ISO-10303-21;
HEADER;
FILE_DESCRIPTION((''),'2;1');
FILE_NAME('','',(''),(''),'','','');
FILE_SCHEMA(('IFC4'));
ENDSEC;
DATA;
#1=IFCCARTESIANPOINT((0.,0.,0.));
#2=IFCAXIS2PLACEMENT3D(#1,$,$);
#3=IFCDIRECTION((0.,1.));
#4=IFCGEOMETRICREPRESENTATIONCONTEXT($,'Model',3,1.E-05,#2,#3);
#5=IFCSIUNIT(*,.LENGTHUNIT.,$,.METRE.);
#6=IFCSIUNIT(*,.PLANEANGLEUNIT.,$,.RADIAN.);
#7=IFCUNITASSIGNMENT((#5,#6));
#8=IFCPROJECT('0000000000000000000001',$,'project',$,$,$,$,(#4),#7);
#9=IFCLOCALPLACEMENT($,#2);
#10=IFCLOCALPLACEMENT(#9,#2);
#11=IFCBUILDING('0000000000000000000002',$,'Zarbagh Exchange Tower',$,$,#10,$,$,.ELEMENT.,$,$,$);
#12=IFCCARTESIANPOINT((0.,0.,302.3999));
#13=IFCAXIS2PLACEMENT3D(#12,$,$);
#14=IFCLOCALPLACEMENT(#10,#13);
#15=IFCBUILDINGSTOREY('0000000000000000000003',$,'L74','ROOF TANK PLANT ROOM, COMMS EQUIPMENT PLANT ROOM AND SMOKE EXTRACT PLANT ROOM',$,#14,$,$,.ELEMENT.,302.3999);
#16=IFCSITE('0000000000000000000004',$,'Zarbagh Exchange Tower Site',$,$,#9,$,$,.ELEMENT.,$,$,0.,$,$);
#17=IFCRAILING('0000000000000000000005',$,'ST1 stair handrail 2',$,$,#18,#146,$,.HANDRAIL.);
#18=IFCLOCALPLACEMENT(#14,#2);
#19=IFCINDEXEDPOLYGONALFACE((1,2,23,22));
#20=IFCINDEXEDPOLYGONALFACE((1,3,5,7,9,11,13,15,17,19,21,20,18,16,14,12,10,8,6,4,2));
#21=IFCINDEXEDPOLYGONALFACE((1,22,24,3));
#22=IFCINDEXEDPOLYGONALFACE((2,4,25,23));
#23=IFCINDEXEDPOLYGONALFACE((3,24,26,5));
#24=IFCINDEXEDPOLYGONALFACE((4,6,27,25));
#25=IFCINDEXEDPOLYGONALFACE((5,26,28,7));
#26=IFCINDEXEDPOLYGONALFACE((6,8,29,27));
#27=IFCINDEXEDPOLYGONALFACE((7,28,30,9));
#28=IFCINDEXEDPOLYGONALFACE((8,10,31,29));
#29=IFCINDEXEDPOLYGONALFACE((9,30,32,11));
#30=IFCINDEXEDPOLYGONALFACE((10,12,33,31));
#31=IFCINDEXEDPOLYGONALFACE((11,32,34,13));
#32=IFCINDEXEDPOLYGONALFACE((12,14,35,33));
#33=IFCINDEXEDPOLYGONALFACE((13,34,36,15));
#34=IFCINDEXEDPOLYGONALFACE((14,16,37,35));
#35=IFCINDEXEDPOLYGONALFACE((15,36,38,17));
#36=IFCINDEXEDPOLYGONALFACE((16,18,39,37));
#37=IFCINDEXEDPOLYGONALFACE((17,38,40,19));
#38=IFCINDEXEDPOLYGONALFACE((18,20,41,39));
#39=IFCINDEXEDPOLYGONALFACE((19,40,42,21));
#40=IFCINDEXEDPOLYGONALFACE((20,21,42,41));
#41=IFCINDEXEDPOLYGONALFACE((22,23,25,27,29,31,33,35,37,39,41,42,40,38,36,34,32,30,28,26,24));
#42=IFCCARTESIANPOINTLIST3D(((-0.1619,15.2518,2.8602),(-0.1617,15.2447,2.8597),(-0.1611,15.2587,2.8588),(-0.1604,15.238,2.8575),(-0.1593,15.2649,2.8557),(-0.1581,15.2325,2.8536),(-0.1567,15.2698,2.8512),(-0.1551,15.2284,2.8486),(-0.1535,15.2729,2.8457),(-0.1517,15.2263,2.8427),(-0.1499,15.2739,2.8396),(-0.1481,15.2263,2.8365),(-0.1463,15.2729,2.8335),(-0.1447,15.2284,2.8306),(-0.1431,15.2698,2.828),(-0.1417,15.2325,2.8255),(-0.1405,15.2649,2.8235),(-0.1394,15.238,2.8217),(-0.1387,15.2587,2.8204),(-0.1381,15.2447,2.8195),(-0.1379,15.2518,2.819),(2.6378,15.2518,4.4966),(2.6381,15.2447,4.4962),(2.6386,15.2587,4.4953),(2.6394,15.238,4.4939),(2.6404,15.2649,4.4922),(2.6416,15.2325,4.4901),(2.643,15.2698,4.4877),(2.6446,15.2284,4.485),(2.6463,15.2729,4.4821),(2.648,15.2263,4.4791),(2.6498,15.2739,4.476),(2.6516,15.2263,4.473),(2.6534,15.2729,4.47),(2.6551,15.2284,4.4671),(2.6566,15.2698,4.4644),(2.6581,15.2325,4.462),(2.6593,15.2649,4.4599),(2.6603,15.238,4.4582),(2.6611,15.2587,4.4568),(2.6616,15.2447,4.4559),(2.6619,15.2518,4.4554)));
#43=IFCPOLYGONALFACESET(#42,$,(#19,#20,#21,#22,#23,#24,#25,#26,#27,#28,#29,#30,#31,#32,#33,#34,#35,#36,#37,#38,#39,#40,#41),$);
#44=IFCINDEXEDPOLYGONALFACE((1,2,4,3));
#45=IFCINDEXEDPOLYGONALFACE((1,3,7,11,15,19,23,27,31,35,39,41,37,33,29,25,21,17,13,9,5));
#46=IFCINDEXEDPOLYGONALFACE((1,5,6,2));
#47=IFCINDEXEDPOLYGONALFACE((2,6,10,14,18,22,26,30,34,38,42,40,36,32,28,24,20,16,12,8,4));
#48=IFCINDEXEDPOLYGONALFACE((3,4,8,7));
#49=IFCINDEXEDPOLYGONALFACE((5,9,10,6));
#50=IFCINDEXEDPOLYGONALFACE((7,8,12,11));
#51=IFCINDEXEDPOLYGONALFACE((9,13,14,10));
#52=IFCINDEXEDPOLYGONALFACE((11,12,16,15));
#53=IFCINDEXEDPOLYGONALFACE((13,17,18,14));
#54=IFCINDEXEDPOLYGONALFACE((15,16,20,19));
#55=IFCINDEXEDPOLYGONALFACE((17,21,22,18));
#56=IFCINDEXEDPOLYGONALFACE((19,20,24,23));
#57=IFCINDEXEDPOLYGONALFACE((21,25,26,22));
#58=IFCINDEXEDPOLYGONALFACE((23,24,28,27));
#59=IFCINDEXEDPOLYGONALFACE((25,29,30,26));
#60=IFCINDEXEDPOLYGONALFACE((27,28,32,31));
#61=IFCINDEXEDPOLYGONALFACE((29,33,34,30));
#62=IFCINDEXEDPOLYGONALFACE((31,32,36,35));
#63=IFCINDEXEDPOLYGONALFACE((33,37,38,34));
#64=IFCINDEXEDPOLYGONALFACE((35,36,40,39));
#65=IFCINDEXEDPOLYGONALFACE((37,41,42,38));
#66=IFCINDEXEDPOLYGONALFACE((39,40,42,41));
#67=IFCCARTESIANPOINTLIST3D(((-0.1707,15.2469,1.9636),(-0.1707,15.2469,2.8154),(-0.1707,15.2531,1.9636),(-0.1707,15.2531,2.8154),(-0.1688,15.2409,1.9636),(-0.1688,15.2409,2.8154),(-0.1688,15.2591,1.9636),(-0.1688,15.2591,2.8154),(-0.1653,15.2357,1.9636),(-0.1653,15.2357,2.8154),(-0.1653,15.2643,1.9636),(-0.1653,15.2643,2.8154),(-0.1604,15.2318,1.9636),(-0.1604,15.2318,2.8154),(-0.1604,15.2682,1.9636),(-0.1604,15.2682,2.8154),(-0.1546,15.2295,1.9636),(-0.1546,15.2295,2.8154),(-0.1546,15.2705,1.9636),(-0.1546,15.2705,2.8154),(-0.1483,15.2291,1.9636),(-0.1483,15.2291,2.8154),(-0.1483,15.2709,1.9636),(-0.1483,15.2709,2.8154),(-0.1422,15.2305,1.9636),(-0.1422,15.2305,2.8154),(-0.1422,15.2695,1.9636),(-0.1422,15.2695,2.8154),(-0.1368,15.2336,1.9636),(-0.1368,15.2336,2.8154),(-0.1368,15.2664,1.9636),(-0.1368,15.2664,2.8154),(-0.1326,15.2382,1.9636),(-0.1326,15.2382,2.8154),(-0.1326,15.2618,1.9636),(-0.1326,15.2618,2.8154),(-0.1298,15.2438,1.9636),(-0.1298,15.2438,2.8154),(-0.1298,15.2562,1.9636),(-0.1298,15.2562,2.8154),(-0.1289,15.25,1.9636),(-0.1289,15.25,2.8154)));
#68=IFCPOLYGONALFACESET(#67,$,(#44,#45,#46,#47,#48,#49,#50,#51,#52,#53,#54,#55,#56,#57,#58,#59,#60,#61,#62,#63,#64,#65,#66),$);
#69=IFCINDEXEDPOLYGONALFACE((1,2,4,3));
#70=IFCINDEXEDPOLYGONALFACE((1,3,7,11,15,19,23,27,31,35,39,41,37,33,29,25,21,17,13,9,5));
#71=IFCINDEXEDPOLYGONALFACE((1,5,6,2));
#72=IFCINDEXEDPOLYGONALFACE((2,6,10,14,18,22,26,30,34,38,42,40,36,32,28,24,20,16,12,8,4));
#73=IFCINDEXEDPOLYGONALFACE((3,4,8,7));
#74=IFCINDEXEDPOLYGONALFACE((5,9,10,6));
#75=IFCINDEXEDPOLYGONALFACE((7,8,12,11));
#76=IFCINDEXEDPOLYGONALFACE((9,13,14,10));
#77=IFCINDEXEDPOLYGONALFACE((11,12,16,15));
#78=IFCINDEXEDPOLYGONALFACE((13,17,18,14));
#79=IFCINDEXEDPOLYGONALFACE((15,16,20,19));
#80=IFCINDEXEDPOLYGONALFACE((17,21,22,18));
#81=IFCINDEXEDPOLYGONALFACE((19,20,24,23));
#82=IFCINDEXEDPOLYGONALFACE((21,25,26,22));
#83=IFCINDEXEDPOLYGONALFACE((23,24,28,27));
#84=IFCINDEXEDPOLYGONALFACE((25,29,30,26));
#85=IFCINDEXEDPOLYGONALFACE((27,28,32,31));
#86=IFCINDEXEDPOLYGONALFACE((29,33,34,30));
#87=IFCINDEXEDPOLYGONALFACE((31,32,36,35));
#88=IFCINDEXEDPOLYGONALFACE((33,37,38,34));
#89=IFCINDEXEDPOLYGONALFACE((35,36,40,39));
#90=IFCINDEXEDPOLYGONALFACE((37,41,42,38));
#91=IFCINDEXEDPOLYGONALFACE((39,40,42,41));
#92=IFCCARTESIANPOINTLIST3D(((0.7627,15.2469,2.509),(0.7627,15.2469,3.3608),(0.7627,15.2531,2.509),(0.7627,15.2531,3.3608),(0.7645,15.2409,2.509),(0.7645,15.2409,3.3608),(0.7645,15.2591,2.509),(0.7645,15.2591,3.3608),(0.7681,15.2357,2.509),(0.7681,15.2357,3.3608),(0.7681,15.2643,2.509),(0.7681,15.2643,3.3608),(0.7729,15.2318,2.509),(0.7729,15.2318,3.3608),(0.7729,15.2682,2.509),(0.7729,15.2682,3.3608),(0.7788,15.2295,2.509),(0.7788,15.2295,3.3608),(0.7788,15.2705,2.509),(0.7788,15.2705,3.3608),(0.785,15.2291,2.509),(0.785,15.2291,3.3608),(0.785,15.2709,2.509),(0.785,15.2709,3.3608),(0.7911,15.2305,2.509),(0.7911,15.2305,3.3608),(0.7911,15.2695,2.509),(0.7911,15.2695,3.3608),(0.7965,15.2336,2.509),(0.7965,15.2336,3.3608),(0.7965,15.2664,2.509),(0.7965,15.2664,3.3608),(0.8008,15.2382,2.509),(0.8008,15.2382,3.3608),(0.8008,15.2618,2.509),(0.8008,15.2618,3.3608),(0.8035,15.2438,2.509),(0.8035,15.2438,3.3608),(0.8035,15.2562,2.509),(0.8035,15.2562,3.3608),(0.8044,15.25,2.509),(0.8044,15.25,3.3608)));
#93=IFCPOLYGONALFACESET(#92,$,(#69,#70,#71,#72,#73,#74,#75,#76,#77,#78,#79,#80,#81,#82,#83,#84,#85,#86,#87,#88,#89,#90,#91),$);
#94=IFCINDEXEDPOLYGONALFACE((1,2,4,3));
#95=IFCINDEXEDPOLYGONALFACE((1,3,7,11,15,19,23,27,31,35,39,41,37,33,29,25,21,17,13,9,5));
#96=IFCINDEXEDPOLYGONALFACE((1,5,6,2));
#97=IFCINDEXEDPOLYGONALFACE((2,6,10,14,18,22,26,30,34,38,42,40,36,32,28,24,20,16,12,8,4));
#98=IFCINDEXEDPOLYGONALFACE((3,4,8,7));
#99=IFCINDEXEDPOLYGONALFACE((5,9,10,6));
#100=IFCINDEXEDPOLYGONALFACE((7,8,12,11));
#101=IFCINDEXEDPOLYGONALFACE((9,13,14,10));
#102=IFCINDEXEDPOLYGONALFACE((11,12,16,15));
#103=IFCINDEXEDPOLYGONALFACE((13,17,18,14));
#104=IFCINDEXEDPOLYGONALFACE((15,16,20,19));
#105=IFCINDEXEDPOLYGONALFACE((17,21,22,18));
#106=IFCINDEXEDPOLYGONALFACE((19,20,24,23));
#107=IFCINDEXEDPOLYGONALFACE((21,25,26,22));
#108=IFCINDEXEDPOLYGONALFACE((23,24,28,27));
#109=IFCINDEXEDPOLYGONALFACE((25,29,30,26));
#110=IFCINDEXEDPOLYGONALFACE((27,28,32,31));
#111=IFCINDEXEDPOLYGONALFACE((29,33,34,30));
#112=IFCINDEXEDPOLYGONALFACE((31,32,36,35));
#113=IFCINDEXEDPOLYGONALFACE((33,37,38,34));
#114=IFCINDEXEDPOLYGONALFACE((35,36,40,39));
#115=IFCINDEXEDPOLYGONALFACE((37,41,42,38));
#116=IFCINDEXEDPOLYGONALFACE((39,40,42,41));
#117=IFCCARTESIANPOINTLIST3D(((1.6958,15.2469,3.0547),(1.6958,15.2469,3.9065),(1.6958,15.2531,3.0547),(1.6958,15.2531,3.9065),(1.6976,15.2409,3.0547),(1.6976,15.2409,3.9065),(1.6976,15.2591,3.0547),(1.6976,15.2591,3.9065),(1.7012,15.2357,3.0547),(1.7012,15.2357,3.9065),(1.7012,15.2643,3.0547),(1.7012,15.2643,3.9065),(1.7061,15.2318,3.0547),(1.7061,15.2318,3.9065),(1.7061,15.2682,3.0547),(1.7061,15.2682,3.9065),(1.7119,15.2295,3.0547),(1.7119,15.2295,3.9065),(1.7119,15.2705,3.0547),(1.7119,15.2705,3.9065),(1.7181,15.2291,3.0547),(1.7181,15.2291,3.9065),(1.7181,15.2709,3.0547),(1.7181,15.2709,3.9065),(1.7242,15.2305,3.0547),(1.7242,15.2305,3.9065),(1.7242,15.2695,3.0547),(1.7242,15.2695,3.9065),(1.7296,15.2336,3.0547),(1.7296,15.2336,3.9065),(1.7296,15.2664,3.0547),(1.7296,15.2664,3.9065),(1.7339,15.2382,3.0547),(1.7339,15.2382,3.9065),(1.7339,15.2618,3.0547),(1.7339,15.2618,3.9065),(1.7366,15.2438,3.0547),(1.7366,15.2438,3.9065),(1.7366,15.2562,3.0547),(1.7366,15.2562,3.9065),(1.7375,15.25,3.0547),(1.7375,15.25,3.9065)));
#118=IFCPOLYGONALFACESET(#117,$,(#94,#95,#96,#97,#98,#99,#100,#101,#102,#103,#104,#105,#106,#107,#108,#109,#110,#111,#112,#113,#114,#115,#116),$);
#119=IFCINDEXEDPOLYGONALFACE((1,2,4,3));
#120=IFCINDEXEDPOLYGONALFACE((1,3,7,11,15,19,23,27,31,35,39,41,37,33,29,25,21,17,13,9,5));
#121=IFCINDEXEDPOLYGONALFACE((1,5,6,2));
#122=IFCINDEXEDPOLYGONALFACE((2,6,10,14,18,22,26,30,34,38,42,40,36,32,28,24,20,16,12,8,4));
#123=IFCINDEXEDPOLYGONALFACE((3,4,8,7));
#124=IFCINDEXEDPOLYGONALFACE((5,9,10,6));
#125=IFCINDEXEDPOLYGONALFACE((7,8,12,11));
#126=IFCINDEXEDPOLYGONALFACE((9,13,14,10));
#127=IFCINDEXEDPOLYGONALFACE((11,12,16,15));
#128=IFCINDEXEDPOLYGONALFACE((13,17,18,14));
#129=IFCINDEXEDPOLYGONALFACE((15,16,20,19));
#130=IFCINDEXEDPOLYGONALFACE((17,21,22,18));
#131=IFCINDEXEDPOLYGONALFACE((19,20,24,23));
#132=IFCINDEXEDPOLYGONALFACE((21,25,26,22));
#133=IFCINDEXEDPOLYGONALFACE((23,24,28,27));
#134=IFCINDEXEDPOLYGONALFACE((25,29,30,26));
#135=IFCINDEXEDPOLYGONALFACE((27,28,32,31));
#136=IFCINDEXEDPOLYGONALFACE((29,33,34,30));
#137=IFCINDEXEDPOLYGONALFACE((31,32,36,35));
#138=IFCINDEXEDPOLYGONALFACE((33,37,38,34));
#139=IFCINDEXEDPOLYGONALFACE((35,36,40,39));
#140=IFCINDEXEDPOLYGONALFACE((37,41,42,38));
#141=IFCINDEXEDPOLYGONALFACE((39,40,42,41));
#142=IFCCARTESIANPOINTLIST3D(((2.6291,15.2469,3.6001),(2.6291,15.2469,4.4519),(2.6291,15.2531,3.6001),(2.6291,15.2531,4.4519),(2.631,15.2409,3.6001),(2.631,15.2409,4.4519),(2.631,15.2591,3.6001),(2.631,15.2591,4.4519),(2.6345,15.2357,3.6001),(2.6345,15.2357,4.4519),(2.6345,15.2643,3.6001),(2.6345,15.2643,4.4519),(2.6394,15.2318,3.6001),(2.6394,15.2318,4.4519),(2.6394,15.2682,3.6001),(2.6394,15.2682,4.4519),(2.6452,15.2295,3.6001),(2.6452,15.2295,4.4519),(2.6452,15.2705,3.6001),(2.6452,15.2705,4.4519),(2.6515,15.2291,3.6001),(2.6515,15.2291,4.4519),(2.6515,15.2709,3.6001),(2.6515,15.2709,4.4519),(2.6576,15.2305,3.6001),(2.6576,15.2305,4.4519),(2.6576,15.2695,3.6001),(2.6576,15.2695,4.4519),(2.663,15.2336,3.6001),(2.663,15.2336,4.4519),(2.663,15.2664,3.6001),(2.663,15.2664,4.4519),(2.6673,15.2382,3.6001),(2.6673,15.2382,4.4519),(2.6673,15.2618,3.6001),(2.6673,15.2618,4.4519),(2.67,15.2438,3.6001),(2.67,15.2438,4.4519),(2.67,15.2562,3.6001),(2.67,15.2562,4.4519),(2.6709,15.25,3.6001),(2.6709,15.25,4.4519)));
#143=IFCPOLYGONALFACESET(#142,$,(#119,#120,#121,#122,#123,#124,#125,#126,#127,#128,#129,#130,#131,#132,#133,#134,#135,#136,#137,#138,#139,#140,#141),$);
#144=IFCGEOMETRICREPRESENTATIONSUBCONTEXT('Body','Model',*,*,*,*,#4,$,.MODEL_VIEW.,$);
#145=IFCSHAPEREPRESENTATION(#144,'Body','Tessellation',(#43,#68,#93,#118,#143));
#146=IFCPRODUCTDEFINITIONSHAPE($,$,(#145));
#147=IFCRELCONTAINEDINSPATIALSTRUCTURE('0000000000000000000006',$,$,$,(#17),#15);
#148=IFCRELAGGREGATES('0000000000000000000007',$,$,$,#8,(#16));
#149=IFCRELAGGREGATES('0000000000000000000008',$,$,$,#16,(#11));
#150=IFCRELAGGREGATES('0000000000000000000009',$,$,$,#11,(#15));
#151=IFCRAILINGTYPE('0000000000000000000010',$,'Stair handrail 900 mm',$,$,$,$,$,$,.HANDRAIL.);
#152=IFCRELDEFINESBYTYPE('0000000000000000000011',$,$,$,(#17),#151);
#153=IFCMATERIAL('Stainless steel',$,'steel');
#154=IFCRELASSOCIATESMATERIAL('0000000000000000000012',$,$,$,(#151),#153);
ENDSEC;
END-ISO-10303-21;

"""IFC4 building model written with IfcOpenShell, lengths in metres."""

from ifc_helpers import new_model, si_unit, direction, frame, origin, origin_2d, place, context, subcontext, project, spatial, circle, extrude, material, type_object, element, save


model = new_model("IFC4")

# Units and contexts
model_context = context("Model", 3, precision=1e-05, world=origin(), true_north=direction((0.0, 1.0)))
body_context = subcontext(model_context, "Body", "Model", "MODEL_VIEW")
ifc_project = project(units=[si_unit("LENGTHUNIT", "METRE"), si_unit("PLANEANGLEUNIT", "RADIAN")], contexts=[model_context])

# Site, building, storey
site_placement = place(None, origin())
site = spatial("IfcSite", under=ifc_project, at=site_placement, Name="Zarbagh Exchange Tower Site", CompositionType="ELEMENT", RefElevation=0.0)
building_placement = place(site_placement, origin())
building = spatial("IfcBuilding", under=site, at=building_placement, Name="Zarbagh Exchange Tower", CompositionType="ELEMENT")
storey_placement = place(building_placement, frame((0.0, 0.0, 302.3999)))
storey = spatial("IfcBuildingStorey", under=building, at=storey_placement, Name="L74", Description="ROOF TANK PLANT ROOM, COMMS EQUIPMENT PLANT ROOM AND SMOKE EXTRACT PLANT ROOM", CompositionType="ELEMENT", Elevation=302.3999)

# Railing
ifc_material_1 = material(Name="Stainless steel", Category="steel")
railing_type_1 = type_object("IfcRailingType", Name="Stair handrail 900 mm", PredefinedType="HANDRAIL", material=ifc_material_1)
railing_1_placement = place(storey_placement, frame((-0.1499, 15.25, 1.9636)))
element("IfcRailing", 1, at=railing_1_placement, inside=storey, type_object=railing_type_1, Name="ST1 stair handrail 2", PredefinedType="HANDRAIL", context=body_context, shape_type="SweptSolid", body=[
    extrude(circle(Radius=0.0239, at=origin_2d()), frame((0.0, 0.0, 0.876), z_axis=(0.863342, 0.0, 0.50462), x_axis=(0.0, 1.0, 0.0)), (0.0, 0.0, 1.0), 3.2429),
    extrude(circle(Radius=0.021, at=origin_2d()), origin(), (0.0, 0.0, 1.0), 0.8518),
    extrude(circle(Radius=0.021, at=origin_2d()), frame((0.9333, 0.0, 0.5454)), (0.0, 0.0, 1.0), 0.8518),
    extrude(circle(Radius=0.021, at=origin_2d()), frame((1.8665, 0.0, 1.0911)), (0.0, 0.0, 1.0), 0.8518),
    extrude(circle(Radius=0.021, at=origin_2d()), frame((2.7998, 0.0, 1.6365)), (0.0, 0.0, 1.0), 0.8518),
])

save(model, "model.ifc")
